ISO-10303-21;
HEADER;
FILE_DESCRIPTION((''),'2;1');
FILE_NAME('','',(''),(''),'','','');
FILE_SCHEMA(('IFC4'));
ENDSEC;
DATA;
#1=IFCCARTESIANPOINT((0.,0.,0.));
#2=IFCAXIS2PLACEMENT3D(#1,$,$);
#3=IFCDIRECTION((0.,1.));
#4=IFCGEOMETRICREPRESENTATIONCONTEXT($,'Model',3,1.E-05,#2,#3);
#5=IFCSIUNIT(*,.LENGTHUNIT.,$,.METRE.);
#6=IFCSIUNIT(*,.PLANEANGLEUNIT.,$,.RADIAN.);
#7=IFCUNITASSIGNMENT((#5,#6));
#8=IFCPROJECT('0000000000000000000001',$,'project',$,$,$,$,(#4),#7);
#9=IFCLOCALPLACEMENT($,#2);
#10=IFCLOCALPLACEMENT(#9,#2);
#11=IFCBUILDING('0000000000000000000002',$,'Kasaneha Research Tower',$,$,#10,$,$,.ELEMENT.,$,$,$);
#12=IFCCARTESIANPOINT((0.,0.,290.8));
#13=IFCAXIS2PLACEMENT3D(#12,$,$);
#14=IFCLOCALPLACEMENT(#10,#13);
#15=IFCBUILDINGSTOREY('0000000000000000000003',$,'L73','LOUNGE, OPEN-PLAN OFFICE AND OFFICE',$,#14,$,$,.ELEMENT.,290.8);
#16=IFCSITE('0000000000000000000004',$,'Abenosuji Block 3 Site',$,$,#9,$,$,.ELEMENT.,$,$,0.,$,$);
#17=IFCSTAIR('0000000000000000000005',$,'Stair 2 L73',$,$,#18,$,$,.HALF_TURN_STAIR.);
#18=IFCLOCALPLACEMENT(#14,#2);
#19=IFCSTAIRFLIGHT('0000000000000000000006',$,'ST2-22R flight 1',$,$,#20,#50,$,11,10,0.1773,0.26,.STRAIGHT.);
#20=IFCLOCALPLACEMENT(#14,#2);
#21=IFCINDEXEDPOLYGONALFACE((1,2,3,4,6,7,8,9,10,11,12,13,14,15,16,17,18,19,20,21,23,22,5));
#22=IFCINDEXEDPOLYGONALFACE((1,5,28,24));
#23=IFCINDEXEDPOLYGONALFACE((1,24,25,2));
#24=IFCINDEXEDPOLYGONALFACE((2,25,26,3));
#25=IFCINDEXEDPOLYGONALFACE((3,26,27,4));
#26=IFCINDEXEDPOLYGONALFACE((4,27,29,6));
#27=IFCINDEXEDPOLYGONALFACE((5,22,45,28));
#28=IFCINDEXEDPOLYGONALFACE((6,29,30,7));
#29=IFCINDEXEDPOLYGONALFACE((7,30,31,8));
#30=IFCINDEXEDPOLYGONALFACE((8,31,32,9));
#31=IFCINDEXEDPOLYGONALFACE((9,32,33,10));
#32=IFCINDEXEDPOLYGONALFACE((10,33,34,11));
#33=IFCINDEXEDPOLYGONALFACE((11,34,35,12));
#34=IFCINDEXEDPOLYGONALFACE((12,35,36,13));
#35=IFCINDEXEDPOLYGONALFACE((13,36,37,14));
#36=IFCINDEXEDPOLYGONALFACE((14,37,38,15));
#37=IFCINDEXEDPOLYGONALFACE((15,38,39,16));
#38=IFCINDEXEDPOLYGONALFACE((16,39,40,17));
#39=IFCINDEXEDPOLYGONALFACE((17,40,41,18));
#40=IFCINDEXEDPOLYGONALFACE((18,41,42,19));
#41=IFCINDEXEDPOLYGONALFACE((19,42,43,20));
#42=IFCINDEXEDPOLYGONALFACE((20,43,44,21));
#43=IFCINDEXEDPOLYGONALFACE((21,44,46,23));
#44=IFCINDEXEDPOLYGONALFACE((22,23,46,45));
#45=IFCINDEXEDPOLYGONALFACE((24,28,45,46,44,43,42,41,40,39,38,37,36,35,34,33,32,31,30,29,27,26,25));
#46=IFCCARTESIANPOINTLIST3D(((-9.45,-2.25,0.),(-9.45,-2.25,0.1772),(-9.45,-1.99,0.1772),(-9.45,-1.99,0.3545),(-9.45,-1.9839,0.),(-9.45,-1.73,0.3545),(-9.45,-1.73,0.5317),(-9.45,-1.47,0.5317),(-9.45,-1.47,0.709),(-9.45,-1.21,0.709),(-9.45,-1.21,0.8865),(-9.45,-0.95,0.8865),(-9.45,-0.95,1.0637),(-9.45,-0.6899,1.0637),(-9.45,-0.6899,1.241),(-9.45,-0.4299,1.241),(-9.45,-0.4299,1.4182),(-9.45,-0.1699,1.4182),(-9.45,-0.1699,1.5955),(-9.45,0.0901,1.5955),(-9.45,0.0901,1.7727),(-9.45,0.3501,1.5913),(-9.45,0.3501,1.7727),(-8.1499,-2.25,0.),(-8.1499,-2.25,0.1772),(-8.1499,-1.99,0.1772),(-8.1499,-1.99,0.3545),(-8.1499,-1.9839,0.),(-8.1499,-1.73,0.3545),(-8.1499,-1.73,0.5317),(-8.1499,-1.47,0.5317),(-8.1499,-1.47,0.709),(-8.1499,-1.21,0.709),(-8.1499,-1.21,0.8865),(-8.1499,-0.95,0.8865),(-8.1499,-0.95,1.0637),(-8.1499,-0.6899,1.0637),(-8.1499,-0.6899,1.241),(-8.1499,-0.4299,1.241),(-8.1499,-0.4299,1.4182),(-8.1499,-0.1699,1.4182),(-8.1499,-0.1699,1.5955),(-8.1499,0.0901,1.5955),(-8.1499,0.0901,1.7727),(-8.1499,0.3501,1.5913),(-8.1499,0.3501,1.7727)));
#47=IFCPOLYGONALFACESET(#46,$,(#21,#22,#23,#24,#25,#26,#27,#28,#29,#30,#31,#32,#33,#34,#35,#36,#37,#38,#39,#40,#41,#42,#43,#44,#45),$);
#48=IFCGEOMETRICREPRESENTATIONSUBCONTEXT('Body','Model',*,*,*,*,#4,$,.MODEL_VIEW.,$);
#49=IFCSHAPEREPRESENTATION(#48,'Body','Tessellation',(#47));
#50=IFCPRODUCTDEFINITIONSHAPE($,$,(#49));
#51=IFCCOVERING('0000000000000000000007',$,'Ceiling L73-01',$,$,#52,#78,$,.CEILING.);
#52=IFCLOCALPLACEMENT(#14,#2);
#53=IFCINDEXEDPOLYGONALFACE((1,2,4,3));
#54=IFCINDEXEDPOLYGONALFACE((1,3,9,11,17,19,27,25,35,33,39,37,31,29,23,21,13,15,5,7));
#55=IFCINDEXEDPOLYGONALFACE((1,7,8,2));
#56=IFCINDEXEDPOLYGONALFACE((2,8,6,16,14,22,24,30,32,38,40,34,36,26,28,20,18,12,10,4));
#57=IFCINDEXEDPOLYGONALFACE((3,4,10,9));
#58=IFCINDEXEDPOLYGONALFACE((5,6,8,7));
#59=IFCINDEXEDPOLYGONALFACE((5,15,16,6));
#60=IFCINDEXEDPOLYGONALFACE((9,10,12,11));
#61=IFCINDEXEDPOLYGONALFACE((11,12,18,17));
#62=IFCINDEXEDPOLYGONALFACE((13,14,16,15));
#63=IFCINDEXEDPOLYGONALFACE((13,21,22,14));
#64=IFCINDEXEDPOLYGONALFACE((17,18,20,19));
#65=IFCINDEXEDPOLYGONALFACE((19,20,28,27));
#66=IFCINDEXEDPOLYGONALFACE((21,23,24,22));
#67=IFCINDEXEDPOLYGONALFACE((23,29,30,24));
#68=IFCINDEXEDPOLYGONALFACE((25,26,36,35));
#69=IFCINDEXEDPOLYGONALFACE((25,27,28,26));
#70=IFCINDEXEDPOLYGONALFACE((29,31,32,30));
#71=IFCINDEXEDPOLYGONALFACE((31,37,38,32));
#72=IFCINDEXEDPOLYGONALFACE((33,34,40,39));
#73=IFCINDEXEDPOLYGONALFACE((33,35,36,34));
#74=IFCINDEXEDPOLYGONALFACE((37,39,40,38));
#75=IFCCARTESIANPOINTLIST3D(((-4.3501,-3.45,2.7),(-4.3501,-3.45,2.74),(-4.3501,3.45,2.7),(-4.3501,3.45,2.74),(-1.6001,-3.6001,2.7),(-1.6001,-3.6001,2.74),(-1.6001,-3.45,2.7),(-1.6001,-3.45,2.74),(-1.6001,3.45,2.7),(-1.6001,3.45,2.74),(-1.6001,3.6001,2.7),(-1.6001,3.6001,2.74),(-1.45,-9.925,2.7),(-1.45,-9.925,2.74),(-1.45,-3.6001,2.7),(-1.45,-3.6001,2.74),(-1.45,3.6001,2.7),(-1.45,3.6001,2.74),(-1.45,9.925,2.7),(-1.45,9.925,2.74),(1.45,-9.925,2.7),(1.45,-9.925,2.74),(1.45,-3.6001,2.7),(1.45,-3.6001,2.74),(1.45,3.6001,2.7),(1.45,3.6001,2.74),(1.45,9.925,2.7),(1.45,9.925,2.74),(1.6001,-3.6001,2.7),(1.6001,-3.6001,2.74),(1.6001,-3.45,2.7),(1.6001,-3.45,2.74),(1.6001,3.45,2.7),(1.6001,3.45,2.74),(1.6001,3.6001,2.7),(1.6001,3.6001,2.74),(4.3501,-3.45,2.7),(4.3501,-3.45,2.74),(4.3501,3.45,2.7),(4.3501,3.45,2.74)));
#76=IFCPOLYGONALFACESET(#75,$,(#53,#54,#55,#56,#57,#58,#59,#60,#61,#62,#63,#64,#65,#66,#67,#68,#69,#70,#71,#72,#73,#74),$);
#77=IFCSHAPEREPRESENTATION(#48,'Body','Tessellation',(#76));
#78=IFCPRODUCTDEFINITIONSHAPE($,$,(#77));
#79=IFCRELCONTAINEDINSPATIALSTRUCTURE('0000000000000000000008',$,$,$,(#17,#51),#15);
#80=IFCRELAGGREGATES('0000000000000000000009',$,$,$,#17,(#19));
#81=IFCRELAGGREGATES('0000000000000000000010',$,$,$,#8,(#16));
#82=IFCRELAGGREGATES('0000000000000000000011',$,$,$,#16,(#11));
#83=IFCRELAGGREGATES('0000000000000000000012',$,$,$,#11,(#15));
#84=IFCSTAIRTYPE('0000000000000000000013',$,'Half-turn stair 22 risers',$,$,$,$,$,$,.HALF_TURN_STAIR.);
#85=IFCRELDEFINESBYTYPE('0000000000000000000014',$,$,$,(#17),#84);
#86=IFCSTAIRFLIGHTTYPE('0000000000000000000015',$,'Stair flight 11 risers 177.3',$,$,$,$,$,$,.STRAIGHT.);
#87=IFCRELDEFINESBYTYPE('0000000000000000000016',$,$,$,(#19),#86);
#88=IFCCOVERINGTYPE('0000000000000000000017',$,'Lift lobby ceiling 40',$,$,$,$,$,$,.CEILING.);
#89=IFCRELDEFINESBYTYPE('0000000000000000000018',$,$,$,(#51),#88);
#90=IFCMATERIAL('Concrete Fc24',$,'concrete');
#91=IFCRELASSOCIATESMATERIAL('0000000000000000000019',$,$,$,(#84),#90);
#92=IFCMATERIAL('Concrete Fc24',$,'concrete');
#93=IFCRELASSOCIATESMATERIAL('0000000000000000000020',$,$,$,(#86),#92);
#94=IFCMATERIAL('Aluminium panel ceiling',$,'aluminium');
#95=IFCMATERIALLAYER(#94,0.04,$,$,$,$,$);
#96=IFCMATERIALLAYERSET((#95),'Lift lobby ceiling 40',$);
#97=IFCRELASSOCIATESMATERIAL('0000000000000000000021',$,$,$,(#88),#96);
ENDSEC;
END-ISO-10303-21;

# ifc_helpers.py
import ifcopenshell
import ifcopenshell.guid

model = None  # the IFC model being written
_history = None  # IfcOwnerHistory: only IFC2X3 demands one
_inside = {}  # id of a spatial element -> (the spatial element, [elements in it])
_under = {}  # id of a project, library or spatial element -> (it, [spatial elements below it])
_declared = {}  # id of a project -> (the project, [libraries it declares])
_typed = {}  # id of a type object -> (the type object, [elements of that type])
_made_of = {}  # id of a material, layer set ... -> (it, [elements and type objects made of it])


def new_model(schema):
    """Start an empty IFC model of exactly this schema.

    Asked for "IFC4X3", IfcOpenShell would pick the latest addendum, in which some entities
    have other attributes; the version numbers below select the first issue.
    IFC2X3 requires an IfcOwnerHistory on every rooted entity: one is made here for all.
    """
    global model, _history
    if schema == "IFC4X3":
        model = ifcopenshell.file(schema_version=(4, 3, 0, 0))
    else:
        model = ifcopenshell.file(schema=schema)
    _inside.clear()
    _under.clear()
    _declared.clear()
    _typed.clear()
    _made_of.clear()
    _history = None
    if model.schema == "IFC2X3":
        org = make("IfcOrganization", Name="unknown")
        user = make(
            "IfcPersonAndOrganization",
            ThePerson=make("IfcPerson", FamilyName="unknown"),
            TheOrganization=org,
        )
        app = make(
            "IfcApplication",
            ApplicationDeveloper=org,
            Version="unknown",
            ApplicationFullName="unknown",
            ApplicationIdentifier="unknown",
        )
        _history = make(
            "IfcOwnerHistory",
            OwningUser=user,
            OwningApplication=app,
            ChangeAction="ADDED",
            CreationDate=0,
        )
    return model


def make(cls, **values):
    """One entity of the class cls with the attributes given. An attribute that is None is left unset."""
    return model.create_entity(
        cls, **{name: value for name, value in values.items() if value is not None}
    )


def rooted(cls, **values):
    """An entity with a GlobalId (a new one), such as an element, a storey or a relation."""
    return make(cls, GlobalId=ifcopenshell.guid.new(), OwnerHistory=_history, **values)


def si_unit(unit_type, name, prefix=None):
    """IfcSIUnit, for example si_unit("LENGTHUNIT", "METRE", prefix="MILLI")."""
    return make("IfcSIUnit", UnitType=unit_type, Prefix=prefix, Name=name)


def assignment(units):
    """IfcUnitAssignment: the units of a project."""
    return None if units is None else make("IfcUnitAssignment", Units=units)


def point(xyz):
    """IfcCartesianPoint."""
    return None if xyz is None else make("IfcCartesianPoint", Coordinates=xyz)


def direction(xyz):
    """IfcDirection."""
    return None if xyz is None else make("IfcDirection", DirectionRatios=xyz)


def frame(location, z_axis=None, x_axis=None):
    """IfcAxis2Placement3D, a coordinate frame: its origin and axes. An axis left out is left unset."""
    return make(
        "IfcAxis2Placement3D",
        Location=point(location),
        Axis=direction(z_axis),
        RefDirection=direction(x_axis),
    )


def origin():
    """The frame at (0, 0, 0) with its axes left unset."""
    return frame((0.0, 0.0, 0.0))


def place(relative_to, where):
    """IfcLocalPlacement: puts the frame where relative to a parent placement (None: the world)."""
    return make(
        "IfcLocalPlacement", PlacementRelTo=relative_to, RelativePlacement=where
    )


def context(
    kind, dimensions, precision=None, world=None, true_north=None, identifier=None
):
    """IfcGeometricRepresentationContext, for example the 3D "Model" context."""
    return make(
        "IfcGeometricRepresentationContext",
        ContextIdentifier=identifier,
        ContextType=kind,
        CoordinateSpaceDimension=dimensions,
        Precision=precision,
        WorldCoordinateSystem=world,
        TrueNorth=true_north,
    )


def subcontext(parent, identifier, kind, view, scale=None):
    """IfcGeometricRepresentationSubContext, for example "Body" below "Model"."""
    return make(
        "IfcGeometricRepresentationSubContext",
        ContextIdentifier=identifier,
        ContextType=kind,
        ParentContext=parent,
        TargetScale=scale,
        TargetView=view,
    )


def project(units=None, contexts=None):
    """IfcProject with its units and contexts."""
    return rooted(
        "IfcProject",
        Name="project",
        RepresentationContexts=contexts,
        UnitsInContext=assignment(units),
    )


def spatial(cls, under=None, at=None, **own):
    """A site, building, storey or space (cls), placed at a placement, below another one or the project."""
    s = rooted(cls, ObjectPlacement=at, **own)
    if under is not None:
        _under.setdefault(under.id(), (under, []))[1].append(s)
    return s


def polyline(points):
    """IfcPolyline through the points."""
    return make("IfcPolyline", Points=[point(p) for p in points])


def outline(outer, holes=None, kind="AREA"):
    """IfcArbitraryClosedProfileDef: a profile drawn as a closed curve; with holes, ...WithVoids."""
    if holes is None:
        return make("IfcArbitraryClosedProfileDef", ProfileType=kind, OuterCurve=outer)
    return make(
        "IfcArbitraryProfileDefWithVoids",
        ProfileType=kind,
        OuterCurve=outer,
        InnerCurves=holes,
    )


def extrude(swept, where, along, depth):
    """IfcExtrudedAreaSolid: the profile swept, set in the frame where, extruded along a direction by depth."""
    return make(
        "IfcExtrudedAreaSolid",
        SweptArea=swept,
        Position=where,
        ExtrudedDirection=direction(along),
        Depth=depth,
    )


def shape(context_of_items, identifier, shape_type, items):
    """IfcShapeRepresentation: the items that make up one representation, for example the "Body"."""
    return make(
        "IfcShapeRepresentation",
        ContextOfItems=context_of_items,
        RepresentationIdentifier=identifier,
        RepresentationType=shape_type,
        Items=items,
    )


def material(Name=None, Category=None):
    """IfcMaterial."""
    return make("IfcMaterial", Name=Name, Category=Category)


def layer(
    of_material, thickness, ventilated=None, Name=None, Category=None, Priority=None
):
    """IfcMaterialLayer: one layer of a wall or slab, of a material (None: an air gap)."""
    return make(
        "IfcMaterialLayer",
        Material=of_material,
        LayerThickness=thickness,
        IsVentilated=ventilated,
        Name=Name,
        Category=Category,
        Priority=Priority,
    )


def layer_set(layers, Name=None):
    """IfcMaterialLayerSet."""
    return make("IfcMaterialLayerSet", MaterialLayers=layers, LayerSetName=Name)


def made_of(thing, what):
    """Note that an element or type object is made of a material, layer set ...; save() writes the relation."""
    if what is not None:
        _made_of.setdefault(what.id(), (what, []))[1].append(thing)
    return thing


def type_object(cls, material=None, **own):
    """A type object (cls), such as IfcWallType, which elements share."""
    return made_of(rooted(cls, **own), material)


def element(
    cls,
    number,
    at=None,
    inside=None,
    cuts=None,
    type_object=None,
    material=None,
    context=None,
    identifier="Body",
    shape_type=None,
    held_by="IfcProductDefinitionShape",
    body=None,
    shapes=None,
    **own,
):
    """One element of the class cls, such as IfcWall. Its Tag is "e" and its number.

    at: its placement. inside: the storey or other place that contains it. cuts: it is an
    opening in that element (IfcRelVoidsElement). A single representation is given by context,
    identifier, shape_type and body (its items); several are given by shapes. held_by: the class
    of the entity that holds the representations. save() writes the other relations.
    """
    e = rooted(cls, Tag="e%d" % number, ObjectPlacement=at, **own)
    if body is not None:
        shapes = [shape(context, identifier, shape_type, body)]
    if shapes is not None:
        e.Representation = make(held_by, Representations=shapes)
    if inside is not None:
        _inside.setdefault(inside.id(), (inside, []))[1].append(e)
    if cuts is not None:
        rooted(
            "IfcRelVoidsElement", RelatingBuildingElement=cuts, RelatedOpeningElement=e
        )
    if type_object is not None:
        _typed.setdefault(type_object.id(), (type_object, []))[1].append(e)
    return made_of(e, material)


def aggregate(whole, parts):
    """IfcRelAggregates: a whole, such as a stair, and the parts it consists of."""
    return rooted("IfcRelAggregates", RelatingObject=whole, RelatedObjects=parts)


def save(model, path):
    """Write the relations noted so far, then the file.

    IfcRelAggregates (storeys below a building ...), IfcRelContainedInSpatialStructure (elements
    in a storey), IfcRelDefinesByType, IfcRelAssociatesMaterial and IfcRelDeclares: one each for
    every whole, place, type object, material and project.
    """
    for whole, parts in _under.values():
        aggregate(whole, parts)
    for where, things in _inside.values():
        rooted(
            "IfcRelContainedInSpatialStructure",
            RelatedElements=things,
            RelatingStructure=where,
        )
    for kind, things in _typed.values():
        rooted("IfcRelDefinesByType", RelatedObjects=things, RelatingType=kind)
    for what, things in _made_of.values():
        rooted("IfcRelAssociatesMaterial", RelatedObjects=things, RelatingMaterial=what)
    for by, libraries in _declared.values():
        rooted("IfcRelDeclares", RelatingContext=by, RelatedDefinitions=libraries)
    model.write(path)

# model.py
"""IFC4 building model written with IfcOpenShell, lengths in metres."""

from ifc_helpers import new_model, si_unit, direction, frame, origin, place, context, subcontext, project, spatial, polyline, outline, extrude, material, layer, layer_set, type_object, element, aggregate, save


model = new_model("IFC4")

# Units and contexts
model_context = context("Model", 3, precision=1e-05, world=origin(), true_north=direction((0.0, 1.0)))
body_context = subcontext(model_context, "Body", "Model", "MODEL_VIEW")
ifc_project = project(units=[si_unit("LENGTHUNIT", "METRE"), si_unit("PLANEANGLEUNIT", "RADIAN")], contexts=[model_context])

# Site, building, storey
site_placement = place(None, origin())
site = spatial("IfcSite", under=ifc_project, at=site_placement, Name="Abenosuji Block 3 Site", CompositionType="ELEMENT", RefElevation=0.0)
building_placement = place(site_placement, origin())
building = spatial("IfcBuilding", under=site, at=building_placement, Name="Kasaneha Research Tower", CompositionType="ELEMENT")
storey_placement = place(building_placement, frame((0.0, 0.0, 290.8)))
storey = spatial("IfcBuildingStorey", under=building, at=storey_placement, Name="L73", Description="LOUNGE, OPEN-PLAN OFFICE AND OFFICE", CompositionType="ELEMENT", Elevation=290.8)

# Stair, stair flight
ifc_material_1 = material(Name="Concrete Fc24", Category="concrete")
stair_type = type_object("IfcStairType", Name="Half-turn stair 22 risers", PredefinedType="HALF_TURN_STAIR", material=ifc_material_1)
stair_placement = place(storey_placement, origin())
stair = element("IfcStair", 1, at=stair_placement, inside=storey, type_object=stair_type, Name="Stair 2 L73", PredefinedType="HALF_TURN_STAIR")
ifc_material_2 = material(Name="Concrete Fc24", Category="concrete")
stair_flight_type = type_object("IfcStairFlightType", Name="Stair flight 11 risers 177.3", PredefinedType="STRAIGHT", material=ifc_material_2)
stair_flight_placement = place(storey_placement, frame((-8.8, -2.25, 0.0), z_axis=(0.0, 0.0, 1.0), x_axis=(0.0, 1.0, 0.0)))
stair_flight = element("IfcStairFlight", 2, at=stair_flight_placement, type_object=stair_flight_type, Name="ST2-22R flight 1", NumberOfRisers=11, NumberOfTreads=10, PredefinedType="STRAIGHT", RiserHeight=0.1773, TreadLength=0.26, context=body_context, shape_type="SweptSolid", body=[
    extrude(outline(polyline([(0.0, 0.0), (0.0, 0.1772), (0.26, 0.1772), (0.26, 0.3545), (0.52, 0.3545), (0.52, 0.5317), (0.78, 0.5317), (0.78, 0.709), (1.04, 0.709), (1.04, 0.8865), (1.3, 0.8865), (1.3, 1.0637), (1.5601, 1.0637), (1.5601, 1.241), (1.8201, 1.241), (1.8201, 1.4182), (2.0801, 1.4182), (2.0801, 1.5955), (2.3401, 1.5955), (2.3401, 1.7727), (2.6001, 1.7727), (2.6001, 1.95), (2.6001, 1.5913), (0.2661, 0.0), (0.0, 0.0)])), frame((0.0, 0.6499, 0.0), z_axis=(0.0, -1.0, 0.0), x_axis=(1.0, 0.0, 0.0)), (0.0, 0.0, 1.0), 1.3),
])
aggregate(stair, [stair_flight])

# Covering
ifc_material_3 = material(Name="Aluminium panel ceiling", Category="aluminium")
ifc_layer_1 = layer(ifc_material_3, 0.04)
ifc_layer_set_1 = layer_set([ifc_layer_1], Name="Lift lobby ceiling 40")
covering_type_1 = type_object("IfcCoveringType", Name="Lift lobby ceiling 40", PredefinedType="CEILING", material=ifc_layer_set_1)
covering_1_placement = place(storey_placement, frame((0.0, 0.0, 2.7)))
element("IfcCovering", 3, at=covering_1_placement, inside=storey, type_object=covering_type_1, Name="Ceiling L73-01", PredefinedType="CEILING", context=body_context, shape_type="SweptSolid", body=[
    extrude(outline(polyline([(1.45, 9.925), (1.45, 3.6001), (1.6001, 3.6001), (1.6001, 3.45), (4.3501, 3.45), (4.3501, -3.45), (1.6001, -3.45), (1.6001, -3.6001), (1.45, -3.6001), (1.45, -9.925), (-1.45, -9.925), (-1.45, -3.6001), (-1.6001, -3.6001), (-1.6001, -3.45), (-4.3501, -3.45), (-4.3501, 3.45), (-1.6001, 3.45), (-1.6001, 3.6001), (-1.45, 3.6001), (-1.45, 9.925), (1.45, 9.925)])), origin(), (0.0, 0.0, 1.0), 0.04),
])

save(model, "model.ifc")
